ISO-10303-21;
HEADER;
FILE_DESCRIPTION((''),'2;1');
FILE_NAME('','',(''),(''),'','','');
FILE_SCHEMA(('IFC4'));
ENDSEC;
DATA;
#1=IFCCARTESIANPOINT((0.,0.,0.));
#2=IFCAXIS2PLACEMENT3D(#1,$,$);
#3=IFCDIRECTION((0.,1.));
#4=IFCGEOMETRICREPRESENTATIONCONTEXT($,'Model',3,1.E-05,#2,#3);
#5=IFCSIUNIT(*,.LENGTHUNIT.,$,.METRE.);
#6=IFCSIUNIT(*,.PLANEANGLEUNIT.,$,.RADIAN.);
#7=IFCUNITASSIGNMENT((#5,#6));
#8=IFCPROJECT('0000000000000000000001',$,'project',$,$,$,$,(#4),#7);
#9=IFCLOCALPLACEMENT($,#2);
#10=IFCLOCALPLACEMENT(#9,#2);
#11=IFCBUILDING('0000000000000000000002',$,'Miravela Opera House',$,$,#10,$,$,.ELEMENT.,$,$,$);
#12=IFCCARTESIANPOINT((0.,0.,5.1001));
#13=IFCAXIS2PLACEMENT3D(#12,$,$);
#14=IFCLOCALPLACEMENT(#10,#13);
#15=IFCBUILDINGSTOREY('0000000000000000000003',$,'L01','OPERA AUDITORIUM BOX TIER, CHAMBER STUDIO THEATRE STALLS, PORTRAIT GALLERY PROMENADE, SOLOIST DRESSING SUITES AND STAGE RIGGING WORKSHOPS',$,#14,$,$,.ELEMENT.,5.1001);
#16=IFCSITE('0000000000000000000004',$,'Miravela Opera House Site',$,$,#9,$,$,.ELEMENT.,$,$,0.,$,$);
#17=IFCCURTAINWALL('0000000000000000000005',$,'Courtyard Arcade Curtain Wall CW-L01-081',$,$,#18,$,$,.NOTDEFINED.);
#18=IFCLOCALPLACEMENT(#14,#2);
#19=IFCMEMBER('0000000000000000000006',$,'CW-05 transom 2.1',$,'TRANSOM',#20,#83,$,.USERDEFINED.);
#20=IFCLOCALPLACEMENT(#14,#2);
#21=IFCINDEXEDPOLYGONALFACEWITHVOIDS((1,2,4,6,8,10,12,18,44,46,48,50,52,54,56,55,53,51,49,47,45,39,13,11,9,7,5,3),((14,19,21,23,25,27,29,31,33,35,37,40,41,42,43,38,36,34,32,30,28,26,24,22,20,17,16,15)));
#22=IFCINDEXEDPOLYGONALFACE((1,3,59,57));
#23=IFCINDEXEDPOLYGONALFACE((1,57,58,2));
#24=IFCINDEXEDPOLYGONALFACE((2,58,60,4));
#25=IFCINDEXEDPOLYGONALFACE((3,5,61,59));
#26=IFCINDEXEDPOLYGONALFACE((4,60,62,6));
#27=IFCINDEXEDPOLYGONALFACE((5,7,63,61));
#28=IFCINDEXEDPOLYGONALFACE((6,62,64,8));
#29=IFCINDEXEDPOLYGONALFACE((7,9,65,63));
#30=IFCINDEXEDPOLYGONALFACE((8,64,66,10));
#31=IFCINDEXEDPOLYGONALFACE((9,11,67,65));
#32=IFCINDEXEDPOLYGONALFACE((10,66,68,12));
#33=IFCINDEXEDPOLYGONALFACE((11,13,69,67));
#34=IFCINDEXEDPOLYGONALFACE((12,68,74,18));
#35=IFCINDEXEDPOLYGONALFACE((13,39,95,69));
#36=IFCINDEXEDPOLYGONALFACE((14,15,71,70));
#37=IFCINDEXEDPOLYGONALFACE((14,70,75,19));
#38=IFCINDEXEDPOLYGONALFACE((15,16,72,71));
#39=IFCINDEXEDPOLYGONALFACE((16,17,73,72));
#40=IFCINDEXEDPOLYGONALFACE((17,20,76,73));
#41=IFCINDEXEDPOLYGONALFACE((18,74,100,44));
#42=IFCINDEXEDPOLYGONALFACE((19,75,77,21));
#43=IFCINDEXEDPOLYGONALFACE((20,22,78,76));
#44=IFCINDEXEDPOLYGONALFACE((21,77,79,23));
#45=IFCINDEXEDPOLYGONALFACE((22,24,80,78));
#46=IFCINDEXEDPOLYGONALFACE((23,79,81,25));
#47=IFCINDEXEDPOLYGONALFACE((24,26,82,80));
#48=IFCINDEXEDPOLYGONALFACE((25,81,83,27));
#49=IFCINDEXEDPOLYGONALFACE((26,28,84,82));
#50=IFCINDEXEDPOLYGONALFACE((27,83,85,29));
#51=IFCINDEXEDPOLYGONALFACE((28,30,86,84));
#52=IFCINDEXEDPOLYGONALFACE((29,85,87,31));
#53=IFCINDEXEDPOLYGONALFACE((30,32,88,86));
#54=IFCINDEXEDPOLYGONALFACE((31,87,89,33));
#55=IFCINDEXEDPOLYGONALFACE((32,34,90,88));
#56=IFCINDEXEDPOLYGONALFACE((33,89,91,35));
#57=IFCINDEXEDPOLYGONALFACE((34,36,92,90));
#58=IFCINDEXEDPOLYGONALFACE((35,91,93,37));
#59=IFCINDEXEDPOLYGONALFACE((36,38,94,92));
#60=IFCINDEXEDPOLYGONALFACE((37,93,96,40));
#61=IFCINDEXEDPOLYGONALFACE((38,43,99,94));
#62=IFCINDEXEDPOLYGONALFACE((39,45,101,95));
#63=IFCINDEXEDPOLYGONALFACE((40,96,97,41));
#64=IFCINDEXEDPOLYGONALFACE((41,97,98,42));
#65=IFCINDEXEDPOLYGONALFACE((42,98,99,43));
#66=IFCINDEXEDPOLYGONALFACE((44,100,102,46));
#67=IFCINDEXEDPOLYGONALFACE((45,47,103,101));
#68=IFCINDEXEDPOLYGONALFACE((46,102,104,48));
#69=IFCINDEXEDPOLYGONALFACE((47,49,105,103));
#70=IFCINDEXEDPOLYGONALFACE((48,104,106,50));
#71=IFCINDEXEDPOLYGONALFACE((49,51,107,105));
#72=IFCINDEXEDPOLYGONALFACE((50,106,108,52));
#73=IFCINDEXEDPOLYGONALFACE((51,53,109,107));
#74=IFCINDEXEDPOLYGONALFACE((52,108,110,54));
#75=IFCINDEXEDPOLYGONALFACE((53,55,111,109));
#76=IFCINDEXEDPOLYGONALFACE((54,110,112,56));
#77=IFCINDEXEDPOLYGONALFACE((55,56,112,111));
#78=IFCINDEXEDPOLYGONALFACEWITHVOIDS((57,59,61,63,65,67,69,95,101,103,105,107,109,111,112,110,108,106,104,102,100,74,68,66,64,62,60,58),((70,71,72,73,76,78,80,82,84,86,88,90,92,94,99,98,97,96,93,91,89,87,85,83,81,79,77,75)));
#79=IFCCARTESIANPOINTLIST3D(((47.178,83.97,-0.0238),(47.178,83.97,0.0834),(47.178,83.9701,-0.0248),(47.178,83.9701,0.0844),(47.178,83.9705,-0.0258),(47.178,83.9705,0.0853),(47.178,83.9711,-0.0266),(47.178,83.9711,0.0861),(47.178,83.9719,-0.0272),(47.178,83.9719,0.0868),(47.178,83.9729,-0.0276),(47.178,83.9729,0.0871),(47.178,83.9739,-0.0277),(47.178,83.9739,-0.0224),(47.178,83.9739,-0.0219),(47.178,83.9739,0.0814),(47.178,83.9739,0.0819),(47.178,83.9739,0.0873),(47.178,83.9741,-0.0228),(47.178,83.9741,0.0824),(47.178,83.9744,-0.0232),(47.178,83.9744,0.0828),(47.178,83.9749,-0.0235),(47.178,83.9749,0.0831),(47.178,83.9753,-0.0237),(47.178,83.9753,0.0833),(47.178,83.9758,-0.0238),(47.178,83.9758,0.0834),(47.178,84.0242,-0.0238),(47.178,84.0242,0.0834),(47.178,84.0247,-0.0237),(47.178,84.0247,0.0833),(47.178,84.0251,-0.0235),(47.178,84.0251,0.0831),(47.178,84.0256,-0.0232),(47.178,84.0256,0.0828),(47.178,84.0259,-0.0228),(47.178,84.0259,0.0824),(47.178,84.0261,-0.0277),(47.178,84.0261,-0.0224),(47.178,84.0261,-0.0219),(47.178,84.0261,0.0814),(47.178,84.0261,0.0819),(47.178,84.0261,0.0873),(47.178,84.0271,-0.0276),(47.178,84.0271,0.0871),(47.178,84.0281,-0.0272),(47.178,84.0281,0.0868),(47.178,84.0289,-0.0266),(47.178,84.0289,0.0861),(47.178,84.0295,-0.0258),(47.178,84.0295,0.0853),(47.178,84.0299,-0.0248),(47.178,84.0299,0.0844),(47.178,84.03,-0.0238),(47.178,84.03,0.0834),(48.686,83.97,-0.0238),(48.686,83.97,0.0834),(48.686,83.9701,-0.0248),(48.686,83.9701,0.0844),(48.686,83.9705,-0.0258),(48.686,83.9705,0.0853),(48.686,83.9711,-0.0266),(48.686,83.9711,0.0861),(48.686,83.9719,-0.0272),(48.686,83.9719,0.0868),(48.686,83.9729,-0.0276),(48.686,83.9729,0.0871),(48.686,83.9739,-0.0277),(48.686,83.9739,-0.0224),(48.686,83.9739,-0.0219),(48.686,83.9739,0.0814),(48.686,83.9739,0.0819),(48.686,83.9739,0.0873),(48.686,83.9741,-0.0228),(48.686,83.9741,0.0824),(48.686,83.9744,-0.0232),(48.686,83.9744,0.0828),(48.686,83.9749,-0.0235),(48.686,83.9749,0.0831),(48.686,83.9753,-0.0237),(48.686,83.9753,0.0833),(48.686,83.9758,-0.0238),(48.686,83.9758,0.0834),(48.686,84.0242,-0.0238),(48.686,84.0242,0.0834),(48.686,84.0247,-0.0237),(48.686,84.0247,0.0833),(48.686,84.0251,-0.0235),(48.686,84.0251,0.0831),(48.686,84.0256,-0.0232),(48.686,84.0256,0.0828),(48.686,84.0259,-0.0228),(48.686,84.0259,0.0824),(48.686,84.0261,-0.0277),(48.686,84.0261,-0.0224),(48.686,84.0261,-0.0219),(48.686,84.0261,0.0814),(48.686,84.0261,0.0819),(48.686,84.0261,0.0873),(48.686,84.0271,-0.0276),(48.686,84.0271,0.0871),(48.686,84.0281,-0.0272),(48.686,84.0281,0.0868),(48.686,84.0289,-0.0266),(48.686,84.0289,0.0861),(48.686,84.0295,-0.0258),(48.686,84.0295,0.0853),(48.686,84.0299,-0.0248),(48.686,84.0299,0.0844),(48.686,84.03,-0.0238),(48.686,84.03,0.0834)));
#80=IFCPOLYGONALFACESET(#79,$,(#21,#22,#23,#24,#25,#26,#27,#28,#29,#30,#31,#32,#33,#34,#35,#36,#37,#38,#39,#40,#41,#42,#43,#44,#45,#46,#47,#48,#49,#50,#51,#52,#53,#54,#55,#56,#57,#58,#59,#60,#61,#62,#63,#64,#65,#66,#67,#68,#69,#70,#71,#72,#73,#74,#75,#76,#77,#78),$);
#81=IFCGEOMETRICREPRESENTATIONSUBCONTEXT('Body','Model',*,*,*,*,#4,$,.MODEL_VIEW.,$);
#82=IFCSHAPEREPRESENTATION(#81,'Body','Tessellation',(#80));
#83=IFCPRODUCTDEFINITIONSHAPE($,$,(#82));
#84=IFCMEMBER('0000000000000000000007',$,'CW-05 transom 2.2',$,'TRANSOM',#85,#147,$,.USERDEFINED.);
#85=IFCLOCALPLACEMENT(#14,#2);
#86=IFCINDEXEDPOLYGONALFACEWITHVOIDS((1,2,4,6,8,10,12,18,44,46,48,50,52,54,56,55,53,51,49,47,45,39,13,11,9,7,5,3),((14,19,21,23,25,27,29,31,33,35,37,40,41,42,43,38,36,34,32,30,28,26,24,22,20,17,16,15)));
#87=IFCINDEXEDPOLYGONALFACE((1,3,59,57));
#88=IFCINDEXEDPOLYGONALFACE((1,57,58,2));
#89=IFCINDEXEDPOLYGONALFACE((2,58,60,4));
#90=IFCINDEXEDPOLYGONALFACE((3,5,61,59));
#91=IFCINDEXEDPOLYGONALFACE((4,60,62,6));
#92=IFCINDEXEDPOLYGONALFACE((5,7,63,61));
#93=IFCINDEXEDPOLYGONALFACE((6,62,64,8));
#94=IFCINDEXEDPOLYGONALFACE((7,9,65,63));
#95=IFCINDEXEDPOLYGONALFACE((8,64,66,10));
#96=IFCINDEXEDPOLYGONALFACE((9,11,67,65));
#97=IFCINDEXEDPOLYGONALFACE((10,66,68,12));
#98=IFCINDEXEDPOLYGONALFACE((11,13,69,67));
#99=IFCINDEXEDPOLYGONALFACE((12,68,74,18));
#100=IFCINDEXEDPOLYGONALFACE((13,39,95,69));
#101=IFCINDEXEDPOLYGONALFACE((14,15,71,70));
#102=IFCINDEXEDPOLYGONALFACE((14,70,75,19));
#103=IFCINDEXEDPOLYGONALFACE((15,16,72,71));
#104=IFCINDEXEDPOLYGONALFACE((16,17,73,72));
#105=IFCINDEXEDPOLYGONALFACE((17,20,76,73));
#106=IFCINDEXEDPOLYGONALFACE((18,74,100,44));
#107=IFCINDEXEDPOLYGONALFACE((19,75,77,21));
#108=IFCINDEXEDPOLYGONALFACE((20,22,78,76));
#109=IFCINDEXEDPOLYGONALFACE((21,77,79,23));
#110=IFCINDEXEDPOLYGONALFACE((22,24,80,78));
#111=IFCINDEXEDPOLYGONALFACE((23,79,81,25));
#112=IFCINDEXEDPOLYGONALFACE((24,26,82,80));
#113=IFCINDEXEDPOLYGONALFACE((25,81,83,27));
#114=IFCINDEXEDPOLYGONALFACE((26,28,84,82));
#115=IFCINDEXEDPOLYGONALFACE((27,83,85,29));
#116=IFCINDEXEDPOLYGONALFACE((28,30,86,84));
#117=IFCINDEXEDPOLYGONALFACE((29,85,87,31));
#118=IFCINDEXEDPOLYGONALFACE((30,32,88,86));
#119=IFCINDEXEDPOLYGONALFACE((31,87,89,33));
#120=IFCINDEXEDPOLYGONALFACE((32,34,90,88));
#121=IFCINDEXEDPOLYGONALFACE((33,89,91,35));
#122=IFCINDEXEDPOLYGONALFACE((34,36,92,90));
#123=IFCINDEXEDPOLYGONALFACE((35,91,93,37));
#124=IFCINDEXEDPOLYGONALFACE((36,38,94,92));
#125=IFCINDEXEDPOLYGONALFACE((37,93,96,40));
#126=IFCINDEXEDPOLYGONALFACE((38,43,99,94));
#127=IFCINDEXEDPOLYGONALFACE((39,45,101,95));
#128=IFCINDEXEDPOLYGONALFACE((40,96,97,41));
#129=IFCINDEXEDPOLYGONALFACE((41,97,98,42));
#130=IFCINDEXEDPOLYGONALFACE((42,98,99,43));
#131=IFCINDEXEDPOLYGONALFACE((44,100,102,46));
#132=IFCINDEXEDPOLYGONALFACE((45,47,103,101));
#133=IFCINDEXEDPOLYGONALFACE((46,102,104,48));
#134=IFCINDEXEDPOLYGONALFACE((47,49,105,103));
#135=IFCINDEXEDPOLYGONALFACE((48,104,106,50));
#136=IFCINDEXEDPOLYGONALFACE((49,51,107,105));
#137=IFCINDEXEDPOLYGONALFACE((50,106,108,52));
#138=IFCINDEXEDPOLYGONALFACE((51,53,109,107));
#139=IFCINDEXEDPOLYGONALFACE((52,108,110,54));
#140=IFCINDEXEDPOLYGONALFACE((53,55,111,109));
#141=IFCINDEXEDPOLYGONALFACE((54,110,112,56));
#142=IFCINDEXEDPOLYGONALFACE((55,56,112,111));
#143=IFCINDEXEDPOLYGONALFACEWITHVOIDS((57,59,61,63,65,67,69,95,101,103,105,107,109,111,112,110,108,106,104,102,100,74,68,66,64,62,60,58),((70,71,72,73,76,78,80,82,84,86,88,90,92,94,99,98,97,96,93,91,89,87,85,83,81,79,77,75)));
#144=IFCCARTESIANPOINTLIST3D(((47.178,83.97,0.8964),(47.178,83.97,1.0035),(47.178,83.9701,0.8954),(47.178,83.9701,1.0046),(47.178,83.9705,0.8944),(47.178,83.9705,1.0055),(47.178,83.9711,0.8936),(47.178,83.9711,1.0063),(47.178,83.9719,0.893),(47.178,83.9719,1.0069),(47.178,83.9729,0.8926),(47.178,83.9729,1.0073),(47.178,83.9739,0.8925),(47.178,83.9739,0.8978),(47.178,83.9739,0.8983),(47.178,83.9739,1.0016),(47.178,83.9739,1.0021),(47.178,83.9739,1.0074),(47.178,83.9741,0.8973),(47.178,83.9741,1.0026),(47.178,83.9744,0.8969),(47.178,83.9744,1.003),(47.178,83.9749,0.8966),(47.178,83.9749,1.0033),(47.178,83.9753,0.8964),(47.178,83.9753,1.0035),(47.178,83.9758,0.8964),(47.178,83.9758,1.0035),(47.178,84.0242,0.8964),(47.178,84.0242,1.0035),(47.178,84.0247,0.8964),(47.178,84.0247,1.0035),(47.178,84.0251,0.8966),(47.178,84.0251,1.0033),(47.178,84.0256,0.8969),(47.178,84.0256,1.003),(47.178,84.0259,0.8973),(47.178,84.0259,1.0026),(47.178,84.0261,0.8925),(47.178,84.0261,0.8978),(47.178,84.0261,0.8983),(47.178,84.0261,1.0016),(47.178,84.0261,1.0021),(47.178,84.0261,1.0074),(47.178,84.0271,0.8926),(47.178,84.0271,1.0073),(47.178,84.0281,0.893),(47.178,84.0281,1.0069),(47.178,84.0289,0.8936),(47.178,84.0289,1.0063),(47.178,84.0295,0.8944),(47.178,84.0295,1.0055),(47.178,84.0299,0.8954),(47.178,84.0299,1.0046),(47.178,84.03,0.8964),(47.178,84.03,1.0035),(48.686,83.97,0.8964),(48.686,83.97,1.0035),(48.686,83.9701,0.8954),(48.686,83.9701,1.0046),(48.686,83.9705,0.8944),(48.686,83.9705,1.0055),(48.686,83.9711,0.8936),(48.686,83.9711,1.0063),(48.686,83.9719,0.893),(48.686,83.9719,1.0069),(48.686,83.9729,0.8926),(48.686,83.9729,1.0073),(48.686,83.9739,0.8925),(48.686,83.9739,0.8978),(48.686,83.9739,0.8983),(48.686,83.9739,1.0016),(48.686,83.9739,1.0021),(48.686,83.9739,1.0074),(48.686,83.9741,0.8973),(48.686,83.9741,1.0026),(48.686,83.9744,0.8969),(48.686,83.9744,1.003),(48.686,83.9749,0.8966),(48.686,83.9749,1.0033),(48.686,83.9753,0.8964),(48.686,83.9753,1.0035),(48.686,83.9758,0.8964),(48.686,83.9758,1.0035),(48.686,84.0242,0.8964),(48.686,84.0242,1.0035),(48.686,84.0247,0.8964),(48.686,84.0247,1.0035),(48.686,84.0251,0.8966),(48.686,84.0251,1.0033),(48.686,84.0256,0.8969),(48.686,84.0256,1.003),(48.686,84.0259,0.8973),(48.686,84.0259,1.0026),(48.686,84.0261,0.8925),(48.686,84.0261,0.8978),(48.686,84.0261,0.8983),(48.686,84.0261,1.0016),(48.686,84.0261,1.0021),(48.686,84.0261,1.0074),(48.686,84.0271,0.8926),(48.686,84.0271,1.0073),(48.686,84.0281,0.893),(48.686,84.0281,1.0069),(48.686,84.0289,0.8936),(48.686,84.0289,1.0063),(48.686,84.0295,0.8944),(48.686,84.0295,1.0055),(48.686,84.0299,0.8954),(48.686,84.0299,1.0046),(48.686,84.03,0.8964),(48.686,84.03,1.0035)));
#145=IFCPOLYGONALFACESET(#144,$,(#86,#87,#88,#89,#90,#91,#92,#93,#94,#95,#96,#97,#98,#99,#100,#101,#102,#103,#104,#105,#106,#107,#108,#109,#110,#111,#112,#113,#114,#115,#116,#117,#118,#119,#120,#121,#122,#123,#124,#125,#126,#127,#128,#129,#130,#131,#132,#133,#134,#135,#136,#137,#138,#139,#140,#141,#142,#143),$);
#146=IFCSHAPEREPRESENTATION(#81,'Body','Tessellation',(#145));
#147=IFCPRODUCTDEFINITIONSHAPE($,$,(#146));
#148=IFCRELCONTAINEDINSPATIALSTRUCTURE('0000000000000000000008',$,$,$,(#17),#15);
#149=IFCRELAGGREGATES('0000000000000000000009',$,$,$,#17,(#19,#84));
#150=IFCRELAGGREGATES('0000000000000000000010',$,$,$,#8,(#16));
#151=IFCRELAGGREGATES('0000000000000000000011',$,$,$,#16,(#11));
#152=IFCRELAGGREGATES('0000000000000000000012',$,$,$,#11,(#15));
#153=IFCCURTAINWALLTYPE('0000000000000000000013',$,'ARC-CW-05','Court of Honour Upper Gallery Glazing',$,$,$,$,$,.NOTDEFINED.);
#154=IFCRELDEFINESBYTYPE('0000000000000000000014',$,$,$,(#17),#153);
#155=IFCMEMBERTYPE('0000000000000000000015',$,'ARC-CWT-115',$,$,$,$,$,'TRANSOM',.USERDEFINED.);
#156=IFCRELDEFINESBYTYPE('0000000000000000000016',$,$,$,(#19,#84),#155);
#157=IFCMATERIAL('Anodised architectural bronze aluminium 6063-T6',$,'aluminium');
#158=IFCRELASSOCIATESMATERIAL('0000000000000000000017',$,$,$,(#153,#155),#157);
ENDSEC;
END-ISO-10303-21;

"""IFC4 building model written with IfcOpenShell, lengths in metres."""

from ifc_helpers import new_model, si_unit, direction, frame, origin, origin_2d, place, context, subcontext, project, spatial, hollow_rectangle, extrude, material, material_profile, profile_set, type_object, element, aggregate, save


model = new_model("IFC4")

# Units and contexts
model_context = context("Model", 3, precision=1e-05, world=origin(), true_north=direction((0.0, 1.0)))
body_context = subcontext(model_context, "Body", "Model", "MODEL_VIEW")
ifc_project = project(units=[si_unit("LENGTHUNIT", "METRE"), si_unit("PLANEANGLEUNIT", "RADIAN")], contexts=[model_context])

# Site, building, storey
site_placement = place(None, origin())
site = spatial("IfcSite", under=ifc_project, at=site_placement, Name="Miravela Opera House Site", CompositionType="ELEMENT", RefElevation=0.0)
building_placement = place(site_placement, origin())
building = spatial("IfcBuilding", under=site, at=building_placement, Name="Miravela Opera House", CompositionType="ELEMENT")
storey_placement = place(building_placement, frame((0.0, 0.0, 5.1001)))
storey = spatial("IfcBuildingStorey", under=building, at=storey_placement, Name="L01", Description="OPERA AUDITORIUM BOX TIER, CHAMBER STUDIO THEATRE STALLS, PORTRAIT GALLERY PROMENADE, SOLOIST DRESSING SUITES AND STAGE RIGGING WORKSHOPS", CompositionType="ELEMENT", Elevation=5.1001)

# Shared definitions
ifc_material_1 = material(Name="Anodised architectural bronze aluminium 6063-T6", Category="aluminium")
curtain_wall_type = type_object("IfcCurtainWallType", Name="ARC-CW-05", Description="Court of Honour Upper Gallery Glazing", PredefinedType="NOTDEFINED", material=ifc_material_1)

# Curtain wall, members
curtain_wall_1_placement = place(storey_placement, origin())
curtain_wall_1 = element("IfcCurtainWall", 1, at=curtain_wall_1_placement, inside=storey, type_object=curtain_wall_type, Name="Courtyard Arcade Curtain Wall CW-L01-081", PredefinedType="NOTDEFINED")
ifc_material_profile_1 = material_profile(ifc_material_1, hollow_rectangle(XDim=0.0601, YDim=0.115, WallThickness=0.0039, InnerFilletRadius=0.002, OuterFilletRadius=0.0039, at=origin_2d()), Name="CWT-60X115")
ifc_profile_set_1 = profile_set([ifc_material_profile_1])
member_type_1 = type_object("IfcMemberType", Name="ARC-CWT-115", ElementType="TRANSOM", PredefinedType="USERDEFINED", material=ifc_profile_set_1)
member_1_placement = place(storey_placement, frame((47.178, 84.0, 0.0298), z_axis=(1.0, 0.0, 0.0), x_axis=(0.0, 1.0, 0.0)))
member_1 = element("IfcMember", 2, at=member_1_placement, type_object=member_type_1, Name="CW-05 transom 2.1", ObjectType="TRANSOM", PredefinedType="USERDEFINED", context=body_context, shape_type="SweptSolid", body=[
    extrude(hollow_rectangle(XDim=0.0601, YDim=0.115, WallThickness=0.0039, InnerFilletRadius=0.002, OuterFilletRadius=0.0039, at=origin_2d()), origin(), (0.0, 0.0, 1.0), 1.5081),
])
member_2_placement = place(storey_placement, frame((47.178, 84.0, 0.95), z_axis=(1.0, 0.0, 0.0), x_axis=(0.0, 1.0, 0.0)))
member_2 = element("IfcMember", 3, at=member_2_placement, type_object=member_type_1, Name="CW-05 transom 2.2", ObjectType="TRANSOM", PredefinedType="USERDEFINED", context=body_context, shape_type="SweptSolid", body=[
    extrude(hollow_rectangle(XDim=0.0601, YDim=0.115, WallThickness=0.0039, InnerFilletRadius=0.002, OuterFilletRadius=0.0039, at=origin_2d()), origin(), (0.0, 0.0, 1.0), 1.5081),
])

aggregate(curtain_wall_1, [member_1, member_2])

save(model, "model.ifc")
